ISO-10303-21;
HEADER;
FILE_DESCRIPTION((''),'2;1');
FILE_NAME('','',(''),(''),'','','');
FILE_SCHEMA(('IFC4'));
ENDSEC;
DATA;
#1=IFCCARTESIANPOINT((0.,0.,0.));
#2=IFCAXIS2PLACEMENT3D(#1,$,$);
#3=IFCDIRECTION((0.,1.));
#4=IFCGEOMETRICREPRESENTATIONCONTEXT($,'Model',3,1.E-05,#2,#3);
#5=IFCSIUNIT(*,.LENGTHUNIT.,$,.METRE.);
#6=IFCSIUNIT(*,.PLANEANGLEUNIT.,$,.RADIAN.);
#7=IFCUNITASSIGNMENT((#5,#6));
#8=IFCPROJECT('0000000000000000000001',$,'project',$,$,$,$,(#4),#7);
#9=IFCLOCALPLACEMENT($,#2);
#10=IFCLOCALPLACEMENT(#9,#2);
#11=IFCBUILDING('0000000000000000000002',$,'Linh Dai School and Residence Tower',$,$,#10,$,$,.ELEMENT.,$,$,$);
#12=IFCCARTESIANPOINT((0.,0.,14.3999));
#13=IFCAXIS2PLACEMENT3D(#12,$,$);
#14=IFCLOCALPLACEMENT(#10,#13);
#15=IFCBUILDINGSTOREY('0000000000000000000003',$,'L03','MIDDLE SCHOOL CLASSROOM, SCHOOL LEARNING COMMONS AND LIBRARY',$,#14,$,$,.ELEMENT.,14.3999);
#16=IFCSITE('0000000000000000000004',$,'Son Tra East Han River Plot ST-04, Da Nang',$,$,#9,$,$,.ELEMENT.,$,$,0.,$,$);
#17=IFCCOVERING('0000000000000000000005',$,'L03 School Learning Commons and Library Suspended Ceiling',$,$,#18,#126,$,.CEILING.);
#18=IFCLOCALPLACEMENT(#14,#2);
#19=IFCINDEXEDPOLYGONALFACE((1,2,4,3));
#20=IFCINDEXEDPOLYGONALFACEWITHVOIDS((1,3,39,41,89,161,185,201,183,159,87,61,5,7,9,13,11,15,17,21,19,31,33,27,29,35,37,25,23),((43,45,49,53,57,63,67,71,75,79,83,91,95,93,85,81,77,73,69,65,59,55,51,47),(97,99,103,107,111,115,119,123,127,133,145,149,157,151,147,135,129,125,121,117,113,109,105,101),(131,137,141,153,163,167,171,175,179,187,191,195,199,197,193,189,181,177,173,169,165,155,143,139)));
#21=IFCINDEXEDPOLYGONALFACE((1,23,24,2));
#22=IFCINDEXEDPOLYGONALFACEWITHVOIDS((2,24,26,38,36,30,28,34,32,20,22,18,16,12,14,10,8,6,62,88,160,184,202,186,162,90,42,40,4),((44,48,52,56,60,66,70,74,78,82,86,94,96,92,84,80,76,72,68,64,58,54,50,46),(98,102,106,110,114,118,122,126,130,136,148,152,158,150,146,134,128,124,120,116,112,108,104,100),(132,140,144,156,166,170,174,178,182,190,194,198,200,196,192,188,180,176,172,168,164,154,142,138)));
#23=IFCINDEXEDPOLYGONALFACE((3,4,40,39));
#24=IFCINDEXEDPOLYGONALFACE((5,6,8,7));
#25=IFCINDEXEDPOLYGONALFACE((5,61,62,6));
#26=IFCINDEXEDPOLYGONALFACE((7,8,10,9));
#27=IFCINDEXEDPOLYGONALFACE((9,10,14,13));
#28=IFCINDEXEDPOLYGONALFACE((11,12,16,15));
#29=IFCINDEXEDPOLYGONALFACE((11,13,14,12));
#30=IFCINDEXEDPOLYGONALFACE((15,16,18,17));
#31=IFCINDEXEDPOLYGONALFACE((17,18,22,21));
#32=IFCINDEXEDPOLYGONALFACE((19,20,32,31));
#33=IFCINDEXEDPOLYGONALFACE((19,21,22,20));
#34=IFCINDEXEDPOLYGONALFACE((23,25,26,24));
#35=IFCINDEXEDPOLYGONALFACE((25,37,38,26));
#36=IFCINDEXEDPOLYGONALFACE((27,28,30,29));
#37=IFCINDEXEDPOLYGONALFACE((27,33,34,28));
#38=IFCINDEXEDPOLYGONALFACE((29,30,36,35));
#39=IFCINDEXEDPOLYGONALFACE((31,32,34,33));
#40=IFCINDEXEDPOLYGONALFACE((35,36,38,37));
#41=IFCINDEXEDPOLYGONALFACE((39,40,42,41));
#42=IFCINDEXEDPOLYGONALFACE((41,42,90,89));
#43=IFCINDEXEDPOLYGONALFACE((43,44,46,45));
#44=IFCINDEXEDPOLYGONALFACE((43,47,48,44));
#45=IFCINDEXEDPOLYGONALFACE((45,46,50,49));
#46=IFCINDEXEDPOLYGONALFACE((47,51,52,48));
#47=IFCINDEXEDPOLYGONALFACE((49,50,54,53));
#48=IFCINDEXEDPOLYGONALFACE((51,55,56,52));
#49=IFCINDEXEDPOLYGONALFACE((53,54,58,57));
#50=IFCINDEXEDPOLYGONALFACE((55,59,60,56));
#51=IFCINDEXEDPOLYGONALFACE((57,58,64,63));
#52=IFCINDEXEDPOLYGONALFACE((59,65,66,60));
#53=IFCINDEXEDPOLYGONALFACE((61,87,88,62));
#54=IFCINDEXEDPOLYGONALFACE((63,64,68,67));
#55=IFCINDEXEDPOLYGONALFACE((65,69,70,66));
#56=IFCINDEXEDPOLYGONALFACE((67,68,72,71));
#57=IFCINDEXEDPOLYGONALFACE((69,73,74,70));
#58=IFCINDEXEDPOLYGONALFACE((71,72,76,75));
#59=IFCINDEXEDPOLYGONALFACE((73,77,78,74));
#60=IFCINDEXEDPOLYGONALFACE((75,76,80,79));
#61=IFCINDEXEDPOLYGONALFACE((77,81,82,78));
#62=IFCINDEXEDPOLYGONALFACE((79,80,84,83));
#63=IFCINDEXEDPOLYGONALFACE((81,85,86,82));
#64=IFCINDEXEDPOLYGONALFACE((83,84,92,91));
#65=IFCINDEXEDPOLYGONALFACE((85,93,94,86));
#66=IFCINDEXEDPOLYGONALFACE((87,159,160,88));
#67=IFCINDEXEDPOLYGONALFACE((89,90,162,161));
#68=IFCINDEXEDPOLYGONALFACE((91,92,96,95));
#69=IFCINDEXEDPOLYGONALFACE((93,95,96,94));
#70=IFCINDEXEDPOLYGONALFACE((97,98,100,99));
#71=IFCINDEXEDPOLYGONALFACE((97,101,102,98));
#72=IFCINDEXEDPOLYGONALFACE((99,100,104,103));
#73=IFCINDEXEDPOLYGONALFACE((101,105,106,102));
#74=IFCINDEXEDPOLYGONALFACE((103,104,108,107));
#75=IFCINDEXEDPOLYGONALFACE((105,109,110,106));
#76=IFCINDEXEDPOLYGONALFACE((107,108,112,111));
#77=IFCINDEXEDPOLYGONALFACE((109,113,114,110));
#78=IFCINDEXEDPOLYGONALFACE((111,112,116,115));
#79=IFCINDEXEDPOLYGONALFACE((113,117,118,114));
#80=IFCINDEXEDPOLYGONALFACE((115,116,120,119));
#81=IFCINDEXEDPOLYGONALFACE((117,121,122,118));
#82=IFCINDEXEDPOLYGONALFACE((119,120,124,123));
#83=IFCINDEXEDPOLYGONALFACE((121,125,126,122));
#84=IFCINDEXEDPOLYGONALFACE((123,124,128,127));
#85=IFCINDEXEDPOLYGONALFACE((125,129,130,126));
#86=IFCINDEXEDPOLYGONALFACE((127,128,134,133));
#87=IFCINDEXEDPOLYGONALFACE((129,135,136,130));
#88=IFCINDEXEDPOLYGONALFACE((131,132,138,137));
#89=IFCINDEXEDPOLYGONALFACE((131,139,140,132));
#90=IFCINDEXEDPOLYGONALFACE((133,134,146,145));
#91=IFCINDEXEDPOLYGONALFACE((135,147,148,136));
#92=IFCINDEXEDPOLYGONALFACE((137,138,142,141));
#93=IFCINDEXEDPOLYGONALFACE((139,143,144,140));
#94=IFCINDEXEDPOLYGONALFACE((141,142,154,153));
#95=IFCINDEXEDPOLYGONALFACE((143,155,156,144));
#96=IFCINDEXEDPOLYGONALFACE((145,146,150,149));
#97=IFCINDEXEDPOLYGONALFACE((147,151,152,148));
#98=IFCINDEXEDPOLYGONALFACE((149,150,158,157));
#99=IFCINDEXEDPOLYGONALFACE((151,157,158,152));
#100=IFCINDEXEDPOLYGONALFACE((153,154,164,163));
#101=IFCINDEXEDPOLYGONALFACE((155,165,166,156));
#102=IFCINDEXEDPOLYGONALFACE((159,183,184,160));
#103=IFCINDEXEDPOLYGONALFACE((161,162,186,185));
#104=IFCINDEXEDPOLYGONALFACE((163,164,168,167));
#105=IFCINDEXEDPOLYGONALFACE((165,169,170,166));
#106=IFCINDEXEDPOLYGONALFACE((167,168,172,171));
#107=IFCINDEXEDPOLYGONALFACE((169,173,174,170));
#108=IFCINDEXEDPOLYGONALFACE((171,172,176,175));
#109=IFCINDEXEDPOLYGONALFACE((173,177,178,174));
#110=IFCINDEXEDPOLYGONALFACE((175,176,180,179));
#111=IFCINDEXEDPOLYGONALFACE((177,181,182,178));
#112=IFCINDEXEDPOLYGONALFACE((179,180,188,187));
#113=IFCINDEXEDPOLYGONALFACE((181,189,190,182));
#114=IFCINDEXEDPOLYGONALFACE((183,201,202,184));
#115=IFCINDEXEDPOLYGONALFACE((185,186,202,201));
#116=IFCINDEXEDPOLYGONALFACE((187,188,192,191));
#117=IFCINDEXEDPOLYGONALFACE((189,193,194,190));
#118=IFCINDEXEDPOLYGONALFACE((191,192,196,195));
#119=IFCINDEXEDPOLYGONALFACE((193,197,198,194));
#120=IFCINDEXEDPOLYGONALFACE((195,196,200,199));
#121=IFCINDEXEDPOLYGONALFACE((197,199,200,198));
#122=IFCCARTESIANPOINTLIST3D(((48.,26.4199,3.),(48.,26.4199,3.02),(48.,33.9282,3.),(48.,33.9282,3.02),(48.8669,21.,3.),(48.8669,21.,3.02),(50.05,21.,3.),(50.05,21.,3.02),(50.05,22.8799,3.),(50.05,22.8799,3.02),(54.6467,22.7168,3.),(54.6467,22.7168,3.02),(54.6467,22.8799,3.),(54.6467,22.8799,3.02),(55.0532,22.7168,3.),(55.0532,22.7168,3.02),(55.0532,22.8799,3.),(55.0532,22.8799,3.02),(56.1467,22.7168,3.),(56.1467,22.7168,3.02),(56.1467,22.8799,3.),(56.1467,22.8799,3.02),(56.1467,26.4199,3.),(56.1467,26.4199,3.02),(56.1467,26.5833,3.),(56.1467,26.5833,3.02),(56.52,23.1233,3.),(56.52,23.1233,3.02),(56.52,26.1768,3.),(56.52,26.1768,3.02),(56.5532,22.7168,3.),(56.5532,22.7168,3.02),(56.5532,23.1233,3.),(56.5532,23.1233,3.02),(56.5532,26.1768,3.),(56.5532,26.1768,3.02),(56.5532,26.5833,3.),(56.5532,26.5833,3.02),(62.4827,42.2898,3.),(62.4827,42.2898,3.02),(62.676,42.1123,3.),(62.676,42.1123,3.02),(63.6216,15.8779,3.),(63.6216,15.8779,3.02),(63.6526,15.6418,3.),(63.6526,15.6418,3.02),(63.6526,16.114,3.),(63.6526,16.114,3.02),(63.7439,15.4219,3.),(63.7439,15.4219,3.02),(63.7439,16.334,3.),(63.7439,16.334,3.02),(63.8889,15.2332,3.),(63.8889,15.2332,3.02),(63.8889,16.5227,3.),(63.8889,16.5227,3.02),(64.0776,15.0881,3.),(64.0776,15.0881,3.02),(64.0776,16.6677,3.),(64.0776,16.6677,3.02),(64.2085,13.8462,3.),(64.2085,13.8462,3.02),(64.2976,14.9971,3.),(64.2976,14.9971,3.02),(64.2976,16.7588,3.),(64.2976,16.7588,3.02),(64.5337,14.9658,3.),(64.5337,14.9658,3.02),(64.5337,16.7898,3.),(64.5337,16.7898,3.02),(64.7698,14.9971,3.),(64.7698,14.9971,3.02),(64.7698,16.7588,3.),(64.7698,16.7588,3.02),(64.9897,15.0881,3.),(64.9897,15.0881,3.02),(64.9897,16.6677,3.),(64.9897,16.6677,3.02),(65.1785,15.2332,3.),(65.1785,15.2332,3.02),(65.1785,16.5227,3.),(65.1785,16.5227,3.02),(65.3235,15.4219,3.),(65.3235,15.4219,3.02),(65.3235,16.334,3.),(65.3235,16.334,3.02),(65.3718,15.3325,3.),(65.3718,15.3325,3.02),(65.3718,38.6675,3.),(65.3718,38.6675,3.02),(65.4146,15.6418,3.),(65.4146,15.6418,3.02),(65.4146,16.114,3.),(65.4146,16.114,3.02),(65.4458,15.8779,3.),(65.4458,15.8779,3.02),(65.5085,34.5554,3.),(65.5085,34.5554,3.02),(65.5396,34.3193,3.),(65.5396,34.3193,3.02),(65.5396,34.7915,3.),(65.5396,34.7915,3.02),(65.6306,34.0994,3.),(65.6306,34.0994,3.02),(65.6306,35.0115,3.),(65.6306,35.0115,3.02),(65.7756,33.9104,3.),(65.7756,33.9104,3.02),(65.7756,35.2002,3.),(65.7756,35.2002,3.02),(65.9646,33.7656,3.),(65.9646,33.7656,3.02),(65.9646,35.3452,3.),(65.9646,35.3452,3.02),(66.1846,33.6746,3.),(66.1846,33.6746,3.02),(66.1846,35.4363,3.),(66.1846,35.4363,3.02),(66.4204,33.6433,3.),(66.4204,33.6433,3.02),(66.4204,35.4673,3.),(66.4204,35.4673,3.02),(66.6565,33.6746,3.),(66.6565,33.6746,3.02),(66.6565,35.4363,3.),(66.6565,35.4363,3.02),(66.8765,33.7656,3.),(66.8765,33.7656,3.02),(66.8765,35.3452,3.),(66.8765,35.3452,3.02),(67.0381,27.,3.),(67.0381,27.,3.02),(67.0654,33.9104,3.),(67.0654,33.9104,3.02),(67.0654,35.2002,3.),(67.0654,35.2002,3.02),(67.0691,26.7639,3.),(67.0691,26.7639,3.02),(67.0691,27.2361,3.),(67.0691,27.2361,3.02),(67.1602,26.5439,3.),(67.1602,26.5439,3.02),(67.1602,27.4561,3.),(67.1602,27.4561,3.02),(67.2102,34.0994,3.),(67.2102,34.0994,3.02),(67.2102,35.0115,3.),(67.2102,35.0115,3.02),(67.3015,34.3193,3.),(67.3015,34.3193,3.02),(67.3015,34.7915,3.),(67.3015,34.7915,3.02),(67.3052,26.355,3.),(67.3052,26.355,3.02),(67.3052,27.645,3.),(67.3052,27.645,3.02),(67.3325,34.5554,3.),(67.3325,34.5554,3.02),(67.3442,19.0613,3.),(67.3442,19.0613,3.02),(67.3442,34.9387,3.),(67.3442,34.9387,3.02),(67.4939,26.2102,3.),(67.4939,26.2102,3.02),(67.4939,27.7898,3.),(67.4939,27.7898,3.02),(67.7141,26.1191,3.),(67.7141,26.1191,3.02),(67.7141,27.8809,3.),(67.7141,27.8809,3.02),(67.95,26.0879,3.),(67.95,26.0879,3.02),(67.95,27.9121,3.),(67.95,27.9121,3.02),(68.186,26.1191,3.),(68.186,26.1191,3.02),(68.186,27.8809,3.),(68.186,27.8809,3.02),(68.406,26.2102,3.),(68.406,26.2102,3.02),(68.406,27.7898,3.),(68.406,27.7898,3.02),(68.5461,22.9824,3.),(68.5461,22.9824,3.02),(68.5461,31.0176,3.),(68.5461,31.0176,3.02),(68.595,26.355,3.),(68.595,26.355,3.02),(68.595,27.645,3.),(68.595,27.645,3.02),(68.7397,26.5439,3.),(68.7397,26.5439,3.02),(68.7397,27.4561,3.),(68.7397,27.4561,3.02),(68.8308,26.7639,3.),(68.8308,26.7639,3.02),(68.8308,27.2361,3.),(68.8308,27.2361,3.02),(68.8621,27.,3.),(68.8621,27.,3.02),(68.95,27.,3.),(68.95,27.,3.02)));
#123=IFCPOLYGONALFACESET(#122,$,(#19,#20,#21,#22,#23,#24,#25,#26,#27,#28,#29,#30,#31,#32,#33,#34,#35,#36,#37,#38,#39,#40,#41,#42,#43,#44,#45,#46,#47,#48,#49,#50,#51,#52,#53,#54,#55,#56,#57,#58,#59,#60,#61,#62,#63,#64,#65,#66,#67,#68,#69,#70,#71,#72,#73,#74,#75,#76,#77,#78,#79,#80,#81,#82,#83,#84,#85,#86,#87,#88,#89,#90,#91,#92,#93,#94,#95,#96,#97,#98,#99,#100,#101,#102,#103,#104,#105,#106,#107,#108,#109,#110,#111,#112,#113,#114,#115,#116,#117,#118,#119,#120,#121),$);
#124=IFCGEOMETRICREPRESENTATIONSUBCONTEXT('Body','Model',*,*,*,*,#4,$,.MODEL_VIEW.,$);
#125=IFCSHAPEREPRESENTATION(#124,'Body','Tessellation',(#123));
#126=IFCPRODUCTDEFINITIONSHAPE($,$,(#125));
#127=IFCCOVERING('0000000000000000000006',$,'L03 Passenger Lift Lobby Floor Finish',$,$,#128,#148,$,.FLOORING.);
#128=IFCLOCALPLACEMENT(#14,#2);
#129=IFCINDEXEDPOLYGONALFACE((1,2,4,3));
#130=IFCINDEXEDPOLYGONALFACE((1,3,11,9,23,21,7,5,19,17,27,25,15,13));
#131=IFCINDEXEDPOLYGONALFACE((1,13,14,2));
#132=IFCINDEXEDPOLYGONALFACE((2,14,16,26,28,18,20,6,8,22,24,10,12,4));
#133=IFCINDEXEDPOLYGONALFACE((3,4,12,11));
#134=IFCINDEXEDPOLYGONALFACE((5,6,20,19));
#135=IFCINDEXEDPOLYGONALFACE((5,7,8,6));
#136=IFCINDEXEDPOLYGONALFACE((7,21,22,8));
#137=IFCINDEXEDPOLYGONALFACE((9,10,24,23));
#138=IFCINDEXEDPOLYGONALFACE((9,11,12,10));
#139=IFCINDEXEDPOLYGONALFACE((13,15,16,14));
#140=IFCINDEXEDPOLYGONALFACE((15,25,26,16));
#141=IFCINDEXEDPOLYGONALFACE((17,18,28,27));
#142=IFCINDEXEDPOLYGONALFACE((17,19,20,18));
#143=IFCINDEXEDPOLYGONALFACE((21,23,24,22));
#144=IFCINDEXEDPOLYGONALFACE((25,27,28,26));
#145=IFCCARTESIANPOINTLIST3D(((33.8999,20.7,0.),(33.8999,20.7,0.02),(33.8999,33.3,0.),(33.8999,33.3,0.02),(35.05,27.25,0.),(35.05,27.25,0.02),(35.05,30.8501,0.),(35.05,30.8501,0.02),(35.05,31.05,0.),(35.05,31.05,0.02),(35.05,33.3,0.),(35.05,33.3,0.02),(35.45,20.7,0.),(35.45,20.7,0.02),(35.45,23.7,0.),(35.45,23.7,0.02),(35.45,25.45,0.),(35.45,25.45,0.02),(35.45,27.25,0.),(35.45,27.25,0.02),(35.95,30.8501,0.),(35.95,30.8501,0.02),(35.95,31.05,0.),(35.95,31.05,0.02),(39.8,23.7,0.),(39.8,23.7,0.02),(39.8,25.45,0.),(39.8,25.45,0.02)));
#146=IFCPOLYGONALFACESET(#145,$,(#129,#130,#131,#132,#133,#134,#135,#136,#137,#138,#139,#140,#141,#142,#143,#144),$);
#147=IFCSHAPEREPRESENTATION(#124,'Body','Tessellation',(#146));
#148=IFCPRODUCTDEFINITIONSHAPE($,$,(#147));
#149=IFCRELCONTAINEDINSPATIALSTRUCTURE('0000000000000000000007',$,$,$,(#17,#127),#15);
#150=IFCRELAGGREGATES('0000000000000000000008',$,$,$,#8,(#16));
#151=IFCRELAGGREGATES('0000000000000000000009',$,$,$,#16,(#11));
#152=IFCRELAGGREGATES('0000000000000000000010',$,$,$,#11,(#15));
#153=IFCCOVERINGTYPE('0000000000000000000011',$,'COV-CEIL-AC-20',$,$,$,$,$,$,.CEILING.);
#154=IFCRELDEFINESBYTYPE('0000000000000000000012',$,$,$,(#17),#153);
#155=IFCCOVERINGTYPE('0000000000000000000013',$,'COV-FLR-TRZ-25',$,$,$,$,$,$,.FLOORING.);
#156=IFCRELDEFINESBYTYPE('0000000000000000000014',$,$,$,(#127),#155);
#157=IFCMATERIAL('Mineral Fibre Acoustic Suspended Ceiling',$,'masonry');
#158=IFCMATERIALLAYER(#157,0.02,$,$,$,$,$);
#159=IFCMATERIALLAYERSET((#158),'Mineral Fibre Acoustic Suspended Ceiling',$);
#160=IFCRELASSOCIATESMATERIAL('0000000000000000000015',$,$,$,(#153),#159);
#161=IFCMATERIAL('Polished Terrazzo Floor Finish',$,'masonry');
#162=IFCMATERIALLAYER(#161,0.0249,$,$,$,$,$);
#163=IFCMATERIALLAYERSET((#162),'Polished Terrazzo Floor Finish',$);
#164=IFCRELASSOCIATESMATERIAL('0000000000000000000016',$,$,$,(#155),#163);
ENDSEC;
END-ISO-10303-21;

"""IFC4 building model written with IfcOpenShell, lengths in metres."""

from ifc_helpers import new_model, si_unit, direction, frame, origin, place, context, subcontext, project, spatial, polyline, outline, extrude, material, layer, layer_set, type_object, element, save


model = new_model("IFC4")

# Units and contexts
model_context = context("Model", 3, precision=1e-05, world=origin(), true_north=direction((0.0, 1.0)))
body_context = subcontext(model_context, "Body", "Model", "MODEL_VIEW")
ifc_project = project(units=[si_unit("LENGTHUNIT", "METRE"), si_unit("PLANEANGLEUNIT", "RADIAN")], contexts=[model_context])

# Site, building, storey
site_placement = place(None, origin())
site = spatial("IfcSite", under=ifc_project, at=site_placement, Name="Son Tra East Han River Plot ST-04, Da Nang", CompositionType="ELEMENT", RefElevation=0.0)
building_placement = place(site_placement, origin())
building = spatial("IfcBuilding", under=site, at=building_placement, Name="Linh Dai School and Residence Tower", CompositionType="ELEMENT")
storey_placement = place(building_placement, frame((0.0, 0.0, 14.3999)))
storey = spatial("IfcBuildingStorey", under=building, at=storey_placement, Name="L03", Description="MIDDLE SCHOOL CLASSROOM, SCHOOL LEARNING COMMONS AND LIBRARY", CompositionType="ELEMENT", Elevation=14.3999)

# Coverings
ifc_material_1 = material(Name="Mineral Fibre Acoustic Suspended Ceiling", Category="masonry")
ifc_layer_1 = layer(ifc_material_1, 0.02)
ifc_layer_set_1 = layer_set([ifc_layer_1], Name="Mineral Fibre Acoustic Suspended Ceiling")
covering_type_1 = type_object("IfcCoveringType", Name="COV-CEIL-AC-20", PredefinedType="CEILING", material=ifc_layer_set_1)
covering_1_placement = place(storey_placement, frame((0.0, 0.0, 3.0)))
element("IfcCovering", 1, at=covering_1_placement, inside=storey, type_object=covering_type_1, Name="L03 School Learning Commons and Library Suspended Ceiling", PredefinedType="CEILING", context=body_context, shape_type="SweptSolid", body=[
    extrude(outline(polyline([(64.2085, 13.8462), (48.8669, 21.0), (50.05, 21.0), (50.05, 22.8799), (54.6467, 22.8799), (54.6467, 22.7168), (55.0532, 22.7168), (55.0532, 22.8799), (56.1467, 22.8799), (56.1467, 22.7168), (56.5532, 22.7168), (56.5532, 23.1233), (56.52, 23.1233), (56.52, 26.1768), (56.5532, 26.1768), (56.5532, 26.5833), (56.1467, 26.5833), (56.1467, 26.4199), (48.0, 26.4199), (48.0, 33.9282), (62.4827, 42.2898), (62.676, 42.1123), (65.3718, 38.6675), (67.3442, 34.9387), (68.5461, 31.0176), (68.95, 27.0), (68.5461, 22.9824), (67.3442, 19.0613), (65.3718, 15.3325), (64.2085, 13.8462)]), holes=[polyline([(68.7397, 26.5439), (68.8308, 26.7639), (68.8621, 27.0), (68.8308, 27.2361), (68.7397, 27.4561), (68.595, 27.645), (68.406, 27.7898), (68.186, 27.8809), (67.95, 27.9121), (67.7141, 27.8809), (67.4939, 27.7898), (67.3052, 27.645), (67.1602, 27.4561), (67.0691, 27.2361), (67.0381, 27.0), (67.0691, 26.7639), (67.1602, 26.5439), (67.3052, 26.355), (67.4939, 26.2102), (67.7141, 26.1191), (67.95, 26.0879), (68.186, 26.1191), (68.406, 26.2102), (68.595, 26.355), (68.7397, 26.5439)]), polyline([(67.2102, 34.0994), (67.3015, 34.3193), (67.3325, 34.5554), (67.3015, 34.7915), (67.2102, 35.0115), (67.0654, 35.2002), (66.8765, 35.3452), (66.6565, 35.4363), (66.4204, 35.4673), (66.1846, 35.4363), (65.9646, 35.3452), (65.7756, 35.2002), (65.6306, 35.0115), (65.5396, 34.7915), (65.5085, 34.5554), (65.5396, 34.3193), (65.6306, 34.0994), (65.7756, 33.9104), (65.9646, 33.7656), (66.1846, 33.6746), (66.4204, 33.6433), (66.6565, 33.6746), (66.8765, 33.7656), (67.0654, 33.9104), (67.2102, 34.0994)]), polyline([(65.4146, 15.6418), (65.4458, 15.8779), (65.4146, 16.114), (65.3235, 16.334), (65.1785, 16.5227), (64.9897, 16.6677), (64.7698, 16.7588), (64.5337, 16.7898), (64.2976, 16.7588), (64.0776, 16.6677), (63.8889, 16.5227), (63.7439, 16.334), (63.6526, 16.114), (63.6216, 15.8779), (63.6526, 15.6418), (63.7439, 15.4219), (63.8889, 15.2332), (64.0776, 15.0881), (64.2976, 14.9971), (64.5337, 14.9658), (64.7698, 14.9971), (64.9897, 15.0881), (65.1785, 15.2332), (65.3235, 15.4219), (65.4146, 15.6418)])]), origin(), (0.0, 0.0, 1.0), 0.02),
])
ifc_material_2 = material(Name="Polished Terrazzo Floor Finish", Category="masonry")
ifc_layer_2 = layer(ifc_material_2, 0.0249)
ifc_layer_set_2 = layer_set([ifc_layer_2], Name="Polished Terrazzo Floor Finish")
covering_type_2 = type_object("IfcCoveringType", Name="COV-FLR-TRZ-25", PredefinedType="FLOORING", material=ifc_layer_set_2)
covering_2_placement = place(storey_placement, origin())
element("IfcCovering", 2, at=covering_2_placement, inside=storey, type_object=covering_type_2, Name="L03 Passenger Lift Lobby Floor Finish", PredefinedType="FLOORING", context=body_context, shape_type="SweptSolid", body=[
    extrude(outline(polyline([(35.05, 33.3), (35.05, 31.05), (35.95, 31.05), (35.95, 30.8501), (35.05, 30.8501), (35.05, 27.25), (35.45, 27.25), (35.45, 25.45), (39.8, 25.45), (39.8, 23.7), (35.45, 23.7), (35.45, 20.7), (33.8999, 20.7), (33.8999, 33.3), (35.05, 33.3)])), origin(), (0.0, 0.0, 1.0), 0.02),
])

save(model, "model.ifc")
